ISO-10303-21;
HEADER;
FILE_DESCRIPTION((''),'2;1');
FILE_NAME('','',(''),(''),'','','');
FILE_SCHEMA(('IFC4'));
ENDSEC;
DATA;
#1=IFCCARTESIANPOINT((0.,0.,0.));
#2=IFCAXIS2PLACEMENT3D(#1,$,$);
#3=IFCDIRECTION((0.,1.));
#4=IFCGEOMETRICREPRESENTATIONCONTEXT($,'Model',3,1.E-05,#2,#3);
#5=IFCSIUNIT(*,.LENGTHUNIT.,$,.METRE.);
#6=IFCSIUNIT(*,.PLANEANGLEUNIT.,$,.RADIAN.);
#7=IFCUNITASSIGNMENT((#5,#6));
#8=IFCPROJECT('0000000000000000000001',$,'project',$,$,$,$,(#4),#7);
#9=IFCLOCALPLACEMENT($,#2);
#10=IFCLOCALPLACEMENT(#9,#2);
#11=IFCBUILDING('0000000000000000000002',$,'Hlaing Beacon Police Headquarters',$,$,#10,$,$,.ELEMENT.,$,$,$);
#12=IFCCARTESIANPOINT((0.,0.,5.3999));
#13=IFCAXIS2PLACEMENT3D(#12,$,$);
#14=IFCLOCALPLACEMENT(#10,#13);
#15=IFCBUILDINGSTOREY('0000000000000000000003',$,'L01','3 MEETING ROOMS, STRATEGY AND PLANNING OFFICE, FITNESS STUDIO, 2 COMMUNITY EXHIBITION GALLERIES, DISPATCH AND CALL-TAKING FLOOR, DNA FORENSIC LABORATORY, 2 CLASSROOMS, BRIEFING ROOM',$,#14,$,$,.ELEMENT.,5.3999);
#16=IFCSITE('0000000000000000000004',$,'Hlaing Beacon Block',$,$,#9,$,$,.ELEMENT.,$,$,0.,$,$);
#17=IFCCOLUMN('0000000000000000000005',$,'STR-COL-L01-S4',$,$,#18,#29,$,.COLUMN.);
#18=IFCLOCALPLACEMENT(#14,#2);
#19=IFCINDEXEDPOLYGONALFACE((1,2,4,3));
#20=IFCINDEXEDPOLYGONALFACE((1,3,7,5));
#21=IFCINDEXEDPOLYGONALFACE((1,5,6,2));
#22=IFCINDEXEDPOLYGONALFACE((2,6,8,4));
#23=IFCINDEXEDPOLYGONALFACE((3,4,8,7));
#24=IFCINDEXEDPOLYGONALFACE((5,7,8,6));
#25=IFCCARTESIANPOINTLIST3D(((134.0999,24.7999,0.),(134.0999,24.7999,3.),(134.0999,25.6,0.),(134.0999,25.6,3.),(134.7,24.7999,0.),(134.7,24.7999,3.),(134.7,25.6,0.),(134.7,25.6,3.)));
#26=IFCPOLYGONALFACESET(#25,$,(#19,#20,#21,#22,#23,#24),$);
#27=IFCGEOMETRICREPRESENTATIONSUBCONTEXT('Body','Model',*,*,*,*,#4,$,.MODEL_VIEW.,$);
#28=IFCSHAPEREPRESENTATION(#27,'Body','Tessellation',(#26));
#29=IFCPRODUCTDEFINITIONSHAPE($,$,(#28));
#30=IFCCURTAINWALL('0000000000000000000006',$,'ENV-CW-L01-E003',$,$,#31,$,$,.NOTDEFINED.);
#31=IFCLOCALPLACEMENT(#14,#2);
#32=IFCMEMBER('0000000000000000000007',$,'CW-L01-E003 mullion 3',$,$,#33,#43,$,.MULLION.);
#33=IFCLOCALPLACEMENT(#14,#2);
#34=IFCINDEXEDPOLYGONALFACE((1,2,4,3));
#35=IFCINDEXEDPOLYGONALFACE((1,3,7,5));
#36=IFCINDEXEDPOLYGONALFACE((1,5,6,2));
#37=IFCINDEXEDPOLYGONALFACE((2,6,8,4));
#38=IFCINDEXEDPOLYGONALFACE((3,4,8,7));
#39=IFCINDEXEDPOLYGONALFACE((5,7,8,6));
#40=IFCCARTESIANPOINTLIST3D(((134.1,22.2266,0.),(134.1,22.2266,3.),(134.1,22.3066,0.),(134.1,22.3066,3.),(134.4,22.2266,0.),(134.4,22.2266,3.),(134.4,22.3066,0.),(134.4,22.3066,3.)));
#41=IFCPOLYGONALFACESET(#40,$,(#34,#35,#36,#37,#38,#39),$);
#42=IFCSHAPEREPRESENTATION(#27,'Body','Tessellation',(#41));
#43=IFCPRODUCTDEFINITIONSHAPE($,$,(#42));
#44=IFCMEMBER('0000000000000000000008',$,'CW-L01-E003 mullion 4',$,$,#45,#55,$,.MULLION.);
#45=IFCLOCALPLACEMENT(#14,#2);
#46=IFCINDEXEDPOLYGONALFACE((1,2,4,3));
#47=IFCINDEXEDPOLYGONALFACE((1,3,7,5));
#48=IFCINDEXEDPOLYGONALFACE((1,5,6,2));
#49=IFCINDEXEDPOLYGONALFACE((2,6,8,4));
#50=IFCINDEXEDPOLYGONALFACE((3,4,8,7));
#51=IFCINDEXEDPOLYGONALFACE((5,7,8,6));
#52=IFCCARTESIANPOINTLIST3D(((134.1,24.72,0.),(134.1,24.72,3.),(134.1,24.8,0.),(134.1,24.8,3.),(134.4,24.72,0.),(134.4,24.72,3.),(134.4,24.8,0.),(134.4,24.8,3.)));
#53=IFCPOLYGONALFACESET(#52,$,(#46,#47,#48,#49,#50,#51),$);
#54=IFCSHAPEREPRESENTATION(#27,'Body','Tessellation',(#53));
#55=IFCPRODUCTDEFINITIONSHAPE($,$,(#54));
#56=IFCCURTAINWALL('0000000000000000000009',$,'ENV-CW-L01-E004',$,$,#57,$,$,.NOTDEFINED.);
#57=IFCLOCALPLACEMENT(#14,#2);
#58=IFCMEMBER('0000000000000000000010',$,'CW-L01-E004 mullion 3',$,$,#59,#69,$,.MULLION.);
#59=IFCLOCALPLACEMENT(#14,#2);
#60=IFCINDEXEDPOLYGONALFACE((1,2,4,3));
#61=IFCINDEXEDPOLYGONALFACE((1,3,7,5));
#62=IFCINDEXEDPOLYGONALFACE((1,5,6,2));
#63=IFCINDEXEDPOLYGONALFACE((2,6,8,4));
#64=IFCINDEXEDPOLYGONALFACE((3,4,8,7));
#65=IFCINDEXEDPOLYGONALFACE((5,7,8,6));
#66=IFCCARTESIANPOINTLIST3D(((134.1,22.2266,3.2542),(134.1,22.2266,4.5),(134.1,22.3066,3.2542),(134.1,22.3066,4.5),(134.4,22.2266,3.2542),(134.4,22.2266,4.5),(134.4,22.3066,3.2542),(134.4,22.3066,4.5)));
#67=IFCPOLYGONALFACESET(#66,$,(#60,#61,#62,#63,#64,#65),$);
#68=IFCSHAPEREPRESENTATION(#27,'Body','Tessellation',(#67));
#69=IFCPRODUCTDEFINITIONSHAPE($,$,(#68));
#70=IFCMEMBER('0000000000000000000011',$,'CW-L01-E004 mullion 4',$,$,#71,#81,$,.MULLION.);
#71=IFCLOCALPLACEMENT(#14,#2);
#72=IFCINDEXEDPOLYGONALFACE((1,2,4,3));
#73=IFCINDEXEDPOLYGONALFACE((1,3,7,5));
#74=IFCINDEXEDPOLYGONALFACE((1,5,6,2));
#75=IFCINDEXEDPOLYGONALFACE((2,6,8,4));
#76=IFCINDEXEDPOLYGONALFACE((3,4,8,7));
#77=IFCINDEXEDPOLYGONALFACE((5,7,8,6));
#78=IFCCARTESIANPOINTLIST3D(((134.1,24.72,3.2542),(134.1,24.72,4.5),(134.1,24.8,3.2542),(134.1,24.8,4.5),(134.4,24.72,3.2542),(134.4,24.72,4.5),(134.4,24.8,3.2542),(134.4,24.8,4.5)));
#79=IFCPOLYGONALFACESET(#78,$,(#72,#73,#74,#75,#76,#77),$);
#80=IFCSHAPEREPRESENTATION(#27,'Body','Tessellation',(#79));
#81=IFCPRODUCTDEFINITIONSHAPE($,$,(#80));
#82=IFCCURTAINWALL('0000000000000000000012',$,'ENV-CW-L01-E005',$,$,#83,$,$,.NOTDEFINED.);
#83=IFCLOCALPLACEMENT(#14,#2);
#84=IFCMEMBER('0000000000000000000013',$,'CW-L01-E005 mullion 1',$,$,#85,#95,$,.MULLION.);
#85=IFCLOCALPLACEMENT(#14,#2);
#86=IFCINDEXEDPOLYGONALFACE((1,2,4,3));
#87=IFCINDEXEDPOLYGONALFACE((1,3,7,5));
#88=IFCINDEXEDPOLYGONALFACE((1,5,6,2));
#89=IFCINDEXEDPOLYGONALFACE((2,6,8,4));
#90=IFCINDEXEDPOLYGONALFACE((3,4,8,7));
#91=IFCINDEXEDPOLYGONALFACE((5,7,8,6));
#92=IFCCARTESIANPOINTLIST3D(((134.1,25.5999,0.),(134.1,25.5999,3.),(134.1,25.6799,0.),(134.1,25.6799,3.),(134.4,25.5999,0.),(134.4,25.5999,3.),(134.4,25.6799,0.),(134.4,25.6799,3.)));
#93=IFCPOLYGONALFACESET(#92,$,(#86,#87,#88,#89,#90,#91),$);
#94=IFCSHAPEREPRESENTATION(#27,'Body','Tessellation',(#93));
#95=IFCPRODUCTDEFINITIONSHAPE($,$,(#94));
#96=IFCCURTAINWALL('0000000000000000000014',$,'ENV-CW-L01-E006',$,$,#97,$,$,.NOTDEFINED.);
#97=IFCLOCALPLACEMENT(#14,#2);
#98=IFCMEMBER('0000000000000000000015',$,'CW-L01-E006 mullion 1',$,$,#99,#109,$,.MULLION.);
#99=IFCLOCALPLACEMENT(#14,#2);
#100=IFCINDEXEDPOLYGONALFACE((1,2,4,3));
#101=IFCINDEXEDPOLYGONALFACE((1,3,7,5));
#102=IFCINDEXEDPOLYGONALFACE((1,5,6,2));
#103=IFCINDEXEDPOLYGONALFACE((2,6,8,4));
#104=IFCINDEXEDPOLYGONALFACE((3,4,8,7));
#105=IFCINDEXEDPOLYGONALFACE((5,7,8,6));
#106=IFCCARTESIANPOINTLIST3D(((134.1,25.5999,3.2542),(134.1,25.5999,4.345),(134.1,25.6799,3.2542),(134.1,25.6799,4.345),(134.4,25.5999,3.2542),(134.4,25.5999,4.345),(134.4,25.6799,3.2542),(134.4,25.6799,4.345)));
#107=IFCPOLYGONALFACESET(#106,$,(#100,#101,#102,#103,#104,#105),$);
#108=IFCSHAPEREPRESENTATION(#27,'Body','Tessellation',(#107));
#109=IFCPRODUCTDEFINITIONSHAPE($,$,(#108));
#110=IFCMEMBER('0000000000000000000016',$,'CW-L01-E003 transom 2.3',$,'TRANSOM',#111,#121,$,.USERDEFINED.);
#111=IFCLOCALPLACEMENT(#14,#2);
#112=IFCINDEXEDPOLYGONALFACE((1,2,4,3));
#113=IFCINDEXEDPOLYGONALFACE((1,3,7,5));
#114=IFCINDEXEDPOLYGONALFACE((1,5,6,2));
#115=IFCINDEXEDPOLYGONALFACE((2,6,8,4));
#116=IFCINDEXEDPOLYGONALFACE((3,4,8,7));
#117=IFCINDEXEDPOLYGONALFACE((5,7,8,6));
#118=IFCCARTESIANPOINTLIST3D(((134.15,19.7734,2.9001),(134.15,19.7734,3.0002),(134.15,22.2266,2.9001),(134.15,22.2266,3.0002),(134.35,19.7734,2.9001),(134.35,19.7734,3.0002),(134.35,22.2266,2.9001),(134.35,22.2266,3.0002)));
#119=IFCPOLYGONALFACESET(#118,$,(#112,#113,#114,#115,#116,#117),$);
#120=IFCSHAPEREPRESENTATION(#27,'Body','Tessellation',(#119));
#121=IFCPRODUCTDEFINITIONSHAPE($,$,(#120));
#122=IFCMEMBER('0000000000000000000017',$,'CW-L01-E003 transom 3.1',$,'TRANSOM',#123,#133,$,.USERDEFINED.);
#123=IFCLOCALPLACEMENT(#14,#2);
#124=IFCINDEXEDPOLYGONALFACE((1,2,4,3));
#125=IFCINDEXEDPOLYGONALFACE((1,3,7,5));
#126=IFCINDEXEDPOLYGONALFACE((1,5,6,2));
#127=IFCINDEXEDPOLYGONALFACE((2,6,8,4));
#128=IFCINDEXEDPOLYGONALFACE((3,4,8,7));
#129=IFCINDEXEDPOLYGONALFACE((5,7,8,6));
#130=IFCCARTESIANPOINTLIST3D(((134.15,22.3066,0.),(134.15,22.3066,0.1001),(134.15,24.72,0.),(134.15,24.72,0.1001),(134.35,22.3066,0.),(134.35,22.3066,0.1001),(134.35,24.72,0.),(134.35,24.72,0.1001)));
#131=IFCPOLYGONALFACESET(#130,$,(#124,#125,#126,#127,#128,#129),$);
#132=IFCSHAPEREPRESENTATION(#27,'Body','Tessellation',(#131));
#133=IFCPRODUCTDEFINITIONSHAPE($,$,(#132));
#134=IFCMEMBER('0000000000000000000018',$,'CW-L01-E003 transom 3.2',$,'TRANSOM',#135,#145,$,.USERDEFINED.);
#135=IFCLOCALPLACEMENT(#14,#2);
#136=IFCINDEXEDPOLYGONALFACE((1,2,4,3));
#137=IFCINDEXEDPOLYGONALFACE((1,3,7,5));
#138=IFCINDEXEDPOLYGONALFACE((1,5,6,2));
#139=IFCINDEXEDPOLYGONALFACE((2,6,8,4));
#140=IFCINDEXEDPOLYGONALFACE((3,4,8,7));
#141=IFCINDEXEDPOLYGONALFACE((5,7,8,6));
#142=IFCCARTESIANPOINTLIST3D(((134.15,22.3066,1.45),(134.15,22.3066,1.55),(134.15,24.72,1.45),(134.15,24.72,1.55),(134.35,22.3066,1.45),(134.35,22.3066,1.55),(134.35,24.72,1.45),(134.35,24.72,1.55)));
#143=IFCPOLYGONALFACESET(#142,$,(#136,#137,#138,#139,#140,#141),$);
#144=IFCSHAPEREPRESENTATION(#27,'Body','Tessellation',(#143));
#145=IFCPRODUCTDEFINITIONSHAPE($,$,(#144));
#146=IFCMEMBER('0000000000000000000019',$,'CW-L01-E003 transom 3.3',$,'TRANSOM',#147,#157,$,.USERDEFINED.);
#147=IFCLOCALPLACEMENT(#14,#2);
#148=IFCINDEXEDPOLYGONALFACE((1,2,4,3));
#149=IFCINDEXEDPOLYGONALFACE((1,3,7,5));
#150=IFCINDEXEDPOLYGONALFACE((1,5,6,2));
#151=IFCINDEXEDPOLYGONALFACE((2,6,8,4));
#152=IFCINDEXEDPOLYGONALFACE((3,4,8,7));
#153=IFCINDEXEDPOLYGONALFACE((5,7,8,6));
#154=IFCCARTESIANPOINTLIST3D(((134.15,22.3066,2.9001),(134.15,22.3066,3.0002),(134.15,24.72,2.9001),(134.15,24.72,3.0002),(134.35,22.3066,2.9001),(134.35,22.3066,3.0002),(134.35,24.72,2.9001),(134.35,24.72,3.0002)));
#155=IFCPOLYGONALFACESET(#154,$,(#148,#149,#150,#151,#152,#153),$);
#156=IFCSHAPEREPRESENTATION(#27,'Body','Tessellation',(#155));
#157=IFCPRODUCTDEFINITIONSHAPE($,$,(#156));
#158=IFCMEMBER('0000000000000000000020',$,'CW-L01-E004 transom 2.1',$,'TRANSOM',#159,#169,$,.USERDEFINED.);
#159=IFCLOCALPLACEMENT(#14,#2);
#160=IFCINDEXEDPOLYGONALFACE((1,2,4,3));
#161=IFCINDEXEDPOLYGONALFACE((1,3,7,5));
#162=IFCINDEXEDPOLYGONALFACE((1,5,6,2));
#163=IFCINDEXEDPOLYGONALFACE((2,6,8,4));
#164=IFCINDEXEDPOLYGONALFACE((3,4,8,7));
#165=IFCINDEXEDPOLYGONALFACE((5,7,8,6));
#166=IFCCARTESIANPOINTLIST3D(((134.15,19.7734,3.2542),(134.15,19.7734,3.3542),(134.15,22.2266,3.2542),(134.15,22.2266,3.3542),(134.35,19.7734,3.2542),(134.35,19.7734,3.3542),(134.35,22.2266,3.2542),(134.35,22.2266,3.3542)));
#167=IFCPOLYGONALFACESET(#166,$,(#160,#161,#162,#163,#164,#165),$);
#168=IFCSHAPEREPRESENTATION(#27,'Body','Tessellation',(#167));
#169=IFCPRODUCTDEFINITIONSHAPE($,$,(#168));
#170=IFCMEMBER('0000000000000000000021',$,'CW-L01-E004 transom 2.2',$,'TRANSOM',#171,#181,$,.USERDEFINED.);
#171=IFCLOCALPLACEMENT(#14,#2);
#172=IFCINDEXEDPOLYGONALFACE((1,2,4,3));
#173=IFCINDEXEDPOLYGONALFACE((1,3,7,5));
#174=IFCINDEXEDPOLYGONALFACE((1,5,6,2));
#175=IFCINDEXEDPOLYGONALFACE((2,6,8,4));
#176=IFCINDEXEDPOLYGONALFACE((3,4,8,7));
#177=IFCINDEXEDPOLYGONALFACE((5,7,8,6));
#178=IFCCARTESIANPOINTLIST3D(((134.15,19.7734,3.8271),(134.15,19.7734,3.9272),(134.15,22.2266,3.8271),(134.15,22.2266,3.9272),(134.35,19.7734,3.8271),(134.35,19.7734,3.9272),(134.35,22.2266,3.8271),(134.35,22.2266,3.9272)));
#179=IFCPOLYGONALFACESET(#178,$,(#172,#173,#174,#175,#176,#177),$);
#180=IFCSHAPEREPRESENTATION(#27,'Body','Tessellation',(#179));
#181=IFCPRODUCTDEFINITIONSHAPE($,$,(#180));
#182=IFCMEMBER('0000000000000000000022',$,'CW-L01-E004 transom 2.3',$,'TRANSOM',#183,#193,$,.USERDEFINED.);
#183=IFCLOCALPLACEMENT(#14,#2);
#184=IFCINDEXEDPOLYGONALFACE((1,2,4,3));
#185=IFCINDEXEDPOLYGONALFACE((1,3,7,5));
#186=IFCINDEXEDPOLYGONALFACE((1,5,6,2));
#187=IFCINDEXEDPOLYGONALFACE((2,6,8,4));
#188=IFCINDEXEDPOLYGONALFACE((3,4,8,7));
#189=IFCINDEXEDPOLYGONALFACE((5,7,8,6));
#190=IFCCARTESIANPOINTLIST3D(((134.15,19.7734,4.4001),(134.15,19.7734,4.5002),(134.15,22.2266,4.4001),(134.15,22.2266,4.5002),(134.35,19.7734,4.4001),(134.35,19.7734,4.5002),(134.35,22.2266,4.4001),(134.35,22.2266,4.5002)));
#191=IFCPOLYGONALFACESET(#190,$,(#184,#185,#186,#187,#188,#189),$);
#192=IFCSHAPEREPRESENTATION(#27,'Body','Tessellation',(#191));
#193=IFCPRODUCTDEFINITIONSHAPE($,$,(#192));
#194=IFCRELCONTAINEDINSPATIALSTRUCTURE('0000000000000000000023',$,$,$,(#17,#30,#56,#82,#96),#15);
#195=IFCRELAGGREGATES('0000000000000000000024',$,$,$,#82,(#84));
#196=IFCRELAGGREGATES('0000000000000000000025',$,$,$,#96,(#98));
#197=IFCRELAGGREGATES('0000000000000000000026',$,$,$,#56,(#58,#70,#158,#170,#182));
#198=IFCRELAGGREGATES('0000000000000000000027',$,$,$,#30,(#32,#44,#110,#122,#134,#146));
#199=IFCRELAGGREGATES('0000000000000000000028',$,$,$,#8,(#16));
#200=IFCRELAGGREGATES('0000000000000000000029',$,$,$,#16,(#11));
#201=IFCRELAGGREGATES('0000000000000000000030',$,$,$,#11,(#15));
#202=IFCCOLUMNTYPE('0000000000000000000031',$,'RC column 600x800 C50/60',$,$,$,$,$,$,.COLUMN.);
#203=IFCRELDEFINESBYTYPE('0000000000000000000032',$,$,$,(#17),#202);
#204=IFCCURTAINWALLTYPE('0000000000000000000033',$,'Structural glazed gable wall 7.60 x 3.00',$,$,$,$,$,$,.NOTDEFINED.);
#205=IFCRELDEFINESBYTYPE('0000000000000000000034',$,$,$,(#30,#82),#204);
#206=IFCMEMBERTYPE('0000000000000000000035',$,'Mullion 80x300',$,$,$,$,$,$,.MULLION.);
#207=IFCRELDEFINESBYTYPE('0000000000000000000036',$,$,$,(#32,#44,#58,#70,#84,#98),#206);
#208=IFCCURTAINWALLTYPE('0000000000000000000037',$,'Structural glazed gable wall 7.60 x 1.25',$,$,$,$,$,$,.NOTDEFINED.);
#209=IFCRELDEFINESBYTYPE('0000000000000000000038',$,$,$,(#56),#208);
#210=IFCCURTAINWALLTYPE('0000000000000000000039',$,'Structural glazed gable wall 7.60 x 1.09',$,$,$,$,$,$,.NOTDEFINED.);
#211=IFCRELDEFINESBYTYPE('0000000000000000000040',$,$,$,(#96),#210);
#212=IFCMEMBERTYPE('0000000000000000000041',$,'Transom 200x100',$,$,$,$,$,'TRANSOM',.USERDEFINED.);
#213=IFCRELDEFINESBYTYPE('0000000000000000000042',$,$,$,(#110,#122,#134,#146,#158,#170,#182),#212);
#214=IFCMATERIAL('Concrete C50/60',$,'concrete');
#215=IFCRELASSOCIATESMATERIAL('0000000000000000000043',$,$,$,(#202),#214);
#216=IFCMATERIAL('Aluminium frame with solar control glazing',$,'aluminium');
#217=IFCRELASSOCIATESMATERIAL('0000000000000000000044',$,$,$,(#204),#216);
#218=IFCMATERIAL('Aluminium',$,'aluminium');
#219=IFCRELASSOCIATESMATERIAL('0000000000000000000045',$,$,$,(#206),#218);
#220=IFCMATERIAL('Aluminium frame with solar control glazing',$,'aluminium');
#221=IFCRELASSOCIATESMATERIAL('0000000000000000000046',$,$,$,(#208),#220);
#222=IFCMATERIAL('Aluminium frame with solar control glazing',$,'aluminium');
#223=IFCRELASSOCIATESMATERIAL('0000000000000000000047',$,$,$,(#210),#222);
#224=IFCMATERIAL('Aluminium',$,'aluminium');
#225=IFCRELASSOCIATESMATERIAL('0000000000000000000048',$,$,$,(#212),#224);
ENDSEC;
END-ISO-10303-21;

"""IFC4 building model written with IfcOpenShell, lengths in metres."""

from ifc_helpers import new_model, si_unit, direction, frame, origin, origin_2d, place, context, subcontext, project, spatial, rectangle, extrude, material, material_profile, profile_set, type_object, element, aggregate, save


model = new_model("IFC4")

# Units and contexts
model_context = context("Model", 3, precision=1e-05, world=origin(), true_north=direction((0.0, 1.0)))
body_context = subcontext(model_context, "Body", "Model", "MODEL_VIEW")
ifc_project = project(units=[si_unit("LENGTHUNIT", "METRE"), si_unit("PLANEANGLEUNIT", "RADIAN")], contexts=[model_context])

# Site, building, storey
site_placement = place(None, origin())
site = spatial("IfcSite", under=ifc_project, at=site_placement, Name="Hlaing Beacon Block", CompositionType="ELEMENT", RefElevation=0.0)
building_placement = place(site_placement, origin())
building = spatial("IfcBuilding", under=site, at=building_placement, Name="Hlaing Beacon Police Headquarters", CompositionType="ELEMENT")
storey_placement = place(building_placement, frame((0.0, 0.0, 5.3999)))
storey = spatial("IfcBuildingStorey", under=building, at=storey_placement, Name="L01", Description="3 MEETING ROOMS, STRATEGY AND PLANNING OFFICE, FITNESS STUDIO, 2 COMMUNITY EXHIBITION GALLERIES, DISPATCH AND CALL-TAKING FLOOR, DNA FORENSIC LABORATORY, 2 CLASSROOMS, BRIEFING ROOM", CompositionType="ELEMENT", Elevation=5.3999)

# Column
ifc_material_1 = material(Name="Concrete C50/60", Category="concrete")
ifc_material_profile_1 = material_profile(ifc_material_1, rectangle(XDim=0.6001, YDim=0.8, at=origin_2d()), Name="600x800")
ifc_profile_set_1 = profile_set([ifc_material_profile_1], Name="Concrete C50/60")
column_type = type_object("IfcColumnType", Name="RC column 600x800 C50/60", PredefinedType="COLUMN", material=ifc_profile_set_1)
column_placement = place(storey_placement, frame((134.3999, 25.2, 0.0), z_axis=(0.0, 0.0, 1.0), x_axis=(1.0, 0.0, 0.0)))
element("IfcColumn", 1, at=column_placement, inside=storey, type_object=column_type, Name="STR-COL-L01-S4", PredefinedType="COLUMN", context=body_context, shape_type="SweptSolid", body=[
    extrude(rectangle(XDim=0.6001, YDim=0.8, at=origin_2d()), origin(), (0.0, 0.0, 1.0), 3.0),
])

# Curtain walls, members
ifc_material_2 = material(Name="Aluminium frame with solar control glazing", Category="aluminium")
curtain_wall_type_1 = type_object("IfcCurtainWallType", Name="Structural glazed gable wall 7.60 x 3.00", PredefinedType="NOTDEFINED", material=ifc_material_2)
curtain_wall_1_placement = place(storey_placement, origin())
curtain_wall_1 = element("IfcCurtainWall", 2, at=curtain_wall_1_placement, inside=storey, type_object=curtain_wall_type_1, Name="ENV-CW-L01-E003", PredefinedType="NOTDEFINED")
ifc_material_3 = material(Name="Aluminium", Category="aluminium")
ifc_material_profile_2 = material_profile(ifc_material_3, rectangle(XDim=0.3, YDim=0.0801, at=origin_2d()), Name="Mullion 80x300")
ifc_profile_set_2 = profile_set([ifc_material_profile_2], Name="Aluminium")
member_type_1 = type_object("IfcMemberType", Name="Mullion 80x300", PredefinedType="MULLION", material=ifc_profile_set_2)
member_1_placement = place(storey_placement, frame((134.25, 22.2666, 0.0), z_axis=(0.0, 0.0, 1.0), x_axis=(-1.0, 0.0, 0.0)))
member_1 = element("IfcMember", 3, at=member_1_placement, type_object=member_type_1, Name="CW-L01-E003 mullion 3", PredefinedType="MULLION", context=body_context, shape_type="SweptSolid", body=[
    extrude(rectangle(XDim=0.3, YDim=0.0801, at=origin_2d()), origin(), (0.0, 0.0, 1.0), 3.0),
])
member_2_placement = place(storey_placement, frame((134.25, 24.76, 0.0), z_axis=(0.0, 0.0, 1.0), x_axis=(-1.0, 0.0, 0.0)))
member_2 = element("IfcMember", 4, at=member_2_placement, type_object=member_type_1, Name="CW-L01-E003 mullion 4", PredefinedType="MULLION", context=body_context, shape_type="SweptSolid", body=[
    extrude(rectangle(XDim=0.3, YDim=0.0801, at=origin_2d()), origin(), (0.0, 0.0, 1.0), 3.0),
])
ifc_material_4 = material(Name="Aluminium frame with solar control glazing", Category="aluminium")
curtain_wall_type_2 = type_object("IfcCurtainWallType", Name="Structural glazed gable wall 7.60 x 1.25", PredefinedType="NOTDEFINED", material=ifc_material_4)
curtain_wall_2_placement = place(storey_placement, origin())
curtain_wall_2 = element("IfcCurtainWall", 5, at=curtain_wall_2_placement, inside=storey, type_object=curtain_wall_type_2, Name="ENV-CW-L01-E004", PredefinedType="NOTDEFINED")
member_3_placement = place(storey_placement, frame((134.25, 22.2666, 3.2542), z_axis=(0.0, 0.0, 1.0), x_axis=(-1.0, 0.0, 0.0)))
member_3 = element("IfcMember", 6, at=member_3_placement, type_object=member_type_1, Name="CW-L01-E004 mullion 3", PredefinedType="MULLION", context=body_context, shape_type="SweptSolid", body=[
    extrude(rectangle(XDim=0.3, YDim=0.0801, at=origin_2d()), origin(), (0.0, 0.0, 1.0), 1.2458),
])
member_4_placement = place(storey_placement, frame((134.25, 24.76, 3.2542), z_axis=(0.0, 0.0, 1.0), x_axis=(-1.0, 0.0, 0.0)))
member_4 = element("IfcMember", 7, at=member_4_placement, type_object=member_type_1, Name="CW-L01-E004 mullion 4", PredefinedType="MULLION", context=body_context, shape_type="SweptSolid", body=[
    extrude(rectangle(XDim=0.3, YDim=0.0801, at=origin_2d()), origin(), (0.0, 0.0, 1.0), 1.2458),
])

# Curtain walls, members
curtain_wall_3_placement = place(storey_placement, origin())
curtain_wall_3 = element("IfcCurtainWall", 8, at=curtain_wall_3_placement, inside=storey, type_object=curtain_wall_type_1, Name="ENV-CW-L01-E005", PredefinedType="NOTDEFINED")
member_5_placement = place(storey_placement, frame((134.25, 25.6399, 0.0), z_axis=(0.0, 0.0, 1.0), x_axis=(-1.0, 0.0, 0.0)))
member_5 = element("IfcMember", 9, at=member_5_placement, type_object=member_type_1, Name="CW-L01-E005 mullion 1", PredefinedType="MULLION", context=body_context, shape_type="SweptSolid", body=[
    extrude(rectangle(XDim=0.3, YDim=0.0801, at=origin_2d()), origin(), (0.0, 0.0, 1.0), 3.0),
])
ifc_material_5 = material(Name="Aluminium frame with solar control glazing", Category="aluminium")
curtain_wall_type_3 = type_object("IfcCurtainWallType", Name="Structural glazed gable wall 7.60 x 1.09", PredefinedType="NOTDEFINED", material=ifc_material_5)
curtain_wall_4_placement = place(storey_placement, origin())
curtain_wall_4 = element("IfcCurtainWall", 10, at=curtain_wall_4_placement, inside=storey, type_object=curtain_wall_type_3, Name="ENV-CW-L01-E006", PredefinedType="NOTDEFINED")
member_6_placement = place(storey_placement, frame((134.25, 25.6399, 3.2542), z_axis=(0.0, 0.0, 1.0), x_axis=(-1.0, 0.0, 0.0)))
member_6 = element("IfcMember", 11, at=member_6_placement, type_object=member_type_1, Name="CW-L01-E006 mullion 1", PredefinedType="MULLION", context=body_context, shape_type="SweptSolid", body=[
    extrude(rectangle(XDim=0.3, YDim=0.0801, at=origin_2d()), origin(), (0.0, 0.0, 1.0), 1.0908),
])

# Members
ifc_material_6 = material(Name="Aluminium", Category="aluminium")
ifc_material_profile_3 = material_profile(ifc_material_6, rectangle(XDim=0.2, YDim=0.1001, at=origin_2d()), Name="Transom 200x100")
ifc_profile_set_3 = profile_set([ifc_material_profile_3], Name="Aluminium")
member_type_2 = type_object("IfcMemberType", Name="Transom 200x100", ElementType="TRANSOM", PredefinedType="USERDEFINED", material=ifc_profile_set_3)
member_7_placement = place(storey_placement, frame((134.25, 19.7734, 2.9502), z_axis=(0.0, 1.0, 0.0), x_axis=(-1.0, 0.0, 0.0)))
member_7 = element("IfcMember", 12, at=member_7_placement, type_object=member_type_2, Name="CW-L01-E003 transom 2.3", ObjectType="TRANSOM", PredefinedType="USERDEFINED", context=body_context, shape_type="SweptSolid", body=[
    extrude(rectangle(XDim=0.2, YDim=0.1001, at=origin_2d()), origin(), (0.0, 0.0, 1.0), 2.4531),
])
member_8_placement = place(storey_placement, frame((134.25, 22.3066, 0.05), z_axis=(0.0, 1.0, 0.0), x_axis=(-1.0, 0.0, 0.0)))
member_8 = element("IfcMember", 13, at=member_8_placement, type_object=member_type_2, Name="CW-L01-E003 transom 3.1", ObjectType="TRANSOM", PredefinedType="USERDEFINED", context=body_context, shape_type="SweptSolid", body=[
    extrude(rectangle(XDim=0.2, YDim=0.1001, at=origin_2d()), origin(), (0.0, 0.0, 1.0), 2.4133),
])
member_9_placement = place(storey_placement, frame((134.25, 22.3066, 1.5), z_axis=(0.0, 1.0, 0.0), x_axis=(-1.0, 0.0, 0.0)))
member_9 = element("IfcMember", 14, at=member_9_placement, type_object=member_type_2, Name="CW-L01-E003 transom 3.2", ObjectType="TRANSOM", PredefinedType="USERDEFINED", context=body_context, shape_type="SweptSolid", body=[
    extrude(rectangle(XDim=0.2, YDim=0.1001, at=origin_2d()), origin(), (0.0, 0.0, 1.0), 2.4133),
])
member_10_placement = place(storey_placement, frame((134.25, 22.3066, 2.9502), z_axis=(0.0, 1.0, 0.0), x_axis=(-1.0, 0.0, 0.0)))
member_10 = element("IfcMember", 15, at=member_10_placement, type_object=member_type_2, Name="CW-L01-E003 transom 3.3", ObjectType="TRANSOM", PredefinedType="USERDEFINED", context=body_context, shape_type="SweptSolid", body=[
    extrude(rectangle(XDim=0.2, YDim=0.1001, at=origin_2d()), origin(), (0.0, 0.0, 1.0), 2.4133),
])
member_11_placement = place(storey_placement, frame((134.25, 19.7734, 3.3042), z_axis=(0.0, 1.0, 0.0), x_axis=(-1.0, 0.0, 0.0)))
member_11 = element("IfcMember", 16, at=member_11_placement, type_object=member_type_2, Name="CW-L01-E004 transom 2.1", ObjectType="TRANSOM", PredefinedType="USERDEFINED", context=body_context, shape_type="SweptSolid", body=[
    extrude(rectangle(XDim=0.2, YDim=0.1001, at=origin_2d()), origin(), (0.0, 0.0, 1.0), 2.4531),
])
member_12_placement = place(storey_placement, frame((134.25, 19.7734, 3.8772), z_axis=(0.0, 1.0, 0.0), x_axis=(-1.0, 0.0, 0.0)))
member_12 = element("IfcMember", 17, at=member_12_placement, type_object=member_type_2, Name="CW-L01-E004 transom 2.2", ObjectType="TRANSOM", PredefinedType="USERDEFINED", context=body_context, shape_type="SweptSolid", body=[
    extrude(rectangle(XDim=0.2, YDim=0.1001, at=origin_2d()), origin(), (0.0, 0.0, 1.0), 2.4531),
])
member_13_placement = place(storey_placement, frame((134.25, 19.7734, 4.4502), z_axis=(0.0, 1.0, 0.0), x_axis=(-1.0, 0.0, 0.0)))
member_13 = element("IfcMember", 18, at=member_13_placement, type_object=member_type_2, Name="CW-L01-E004 transom 2.3", ObjectType="TRANSOM", PredefinedType="USERDEFINED", context=body_context, shape_type="SweptSolid", body=[
    extrude(rectangle(XDim=0.2, YDim=0.1001, at=origin_2d()), origin(), (0.0, 0.0, 1.0), 2.4531),
])
aggregate(curtain_wall_3, [member_5])
aggregate(curtain_wall_4, [member_6])

aggregate(curtain_wall_2, [member_3, member_4, member_11, member_12, member_13])
aggregate(curtain_wall_1, [member_1, member_2, member_7, member_8, member_9, member_10])

save(model, "model.ifc")
